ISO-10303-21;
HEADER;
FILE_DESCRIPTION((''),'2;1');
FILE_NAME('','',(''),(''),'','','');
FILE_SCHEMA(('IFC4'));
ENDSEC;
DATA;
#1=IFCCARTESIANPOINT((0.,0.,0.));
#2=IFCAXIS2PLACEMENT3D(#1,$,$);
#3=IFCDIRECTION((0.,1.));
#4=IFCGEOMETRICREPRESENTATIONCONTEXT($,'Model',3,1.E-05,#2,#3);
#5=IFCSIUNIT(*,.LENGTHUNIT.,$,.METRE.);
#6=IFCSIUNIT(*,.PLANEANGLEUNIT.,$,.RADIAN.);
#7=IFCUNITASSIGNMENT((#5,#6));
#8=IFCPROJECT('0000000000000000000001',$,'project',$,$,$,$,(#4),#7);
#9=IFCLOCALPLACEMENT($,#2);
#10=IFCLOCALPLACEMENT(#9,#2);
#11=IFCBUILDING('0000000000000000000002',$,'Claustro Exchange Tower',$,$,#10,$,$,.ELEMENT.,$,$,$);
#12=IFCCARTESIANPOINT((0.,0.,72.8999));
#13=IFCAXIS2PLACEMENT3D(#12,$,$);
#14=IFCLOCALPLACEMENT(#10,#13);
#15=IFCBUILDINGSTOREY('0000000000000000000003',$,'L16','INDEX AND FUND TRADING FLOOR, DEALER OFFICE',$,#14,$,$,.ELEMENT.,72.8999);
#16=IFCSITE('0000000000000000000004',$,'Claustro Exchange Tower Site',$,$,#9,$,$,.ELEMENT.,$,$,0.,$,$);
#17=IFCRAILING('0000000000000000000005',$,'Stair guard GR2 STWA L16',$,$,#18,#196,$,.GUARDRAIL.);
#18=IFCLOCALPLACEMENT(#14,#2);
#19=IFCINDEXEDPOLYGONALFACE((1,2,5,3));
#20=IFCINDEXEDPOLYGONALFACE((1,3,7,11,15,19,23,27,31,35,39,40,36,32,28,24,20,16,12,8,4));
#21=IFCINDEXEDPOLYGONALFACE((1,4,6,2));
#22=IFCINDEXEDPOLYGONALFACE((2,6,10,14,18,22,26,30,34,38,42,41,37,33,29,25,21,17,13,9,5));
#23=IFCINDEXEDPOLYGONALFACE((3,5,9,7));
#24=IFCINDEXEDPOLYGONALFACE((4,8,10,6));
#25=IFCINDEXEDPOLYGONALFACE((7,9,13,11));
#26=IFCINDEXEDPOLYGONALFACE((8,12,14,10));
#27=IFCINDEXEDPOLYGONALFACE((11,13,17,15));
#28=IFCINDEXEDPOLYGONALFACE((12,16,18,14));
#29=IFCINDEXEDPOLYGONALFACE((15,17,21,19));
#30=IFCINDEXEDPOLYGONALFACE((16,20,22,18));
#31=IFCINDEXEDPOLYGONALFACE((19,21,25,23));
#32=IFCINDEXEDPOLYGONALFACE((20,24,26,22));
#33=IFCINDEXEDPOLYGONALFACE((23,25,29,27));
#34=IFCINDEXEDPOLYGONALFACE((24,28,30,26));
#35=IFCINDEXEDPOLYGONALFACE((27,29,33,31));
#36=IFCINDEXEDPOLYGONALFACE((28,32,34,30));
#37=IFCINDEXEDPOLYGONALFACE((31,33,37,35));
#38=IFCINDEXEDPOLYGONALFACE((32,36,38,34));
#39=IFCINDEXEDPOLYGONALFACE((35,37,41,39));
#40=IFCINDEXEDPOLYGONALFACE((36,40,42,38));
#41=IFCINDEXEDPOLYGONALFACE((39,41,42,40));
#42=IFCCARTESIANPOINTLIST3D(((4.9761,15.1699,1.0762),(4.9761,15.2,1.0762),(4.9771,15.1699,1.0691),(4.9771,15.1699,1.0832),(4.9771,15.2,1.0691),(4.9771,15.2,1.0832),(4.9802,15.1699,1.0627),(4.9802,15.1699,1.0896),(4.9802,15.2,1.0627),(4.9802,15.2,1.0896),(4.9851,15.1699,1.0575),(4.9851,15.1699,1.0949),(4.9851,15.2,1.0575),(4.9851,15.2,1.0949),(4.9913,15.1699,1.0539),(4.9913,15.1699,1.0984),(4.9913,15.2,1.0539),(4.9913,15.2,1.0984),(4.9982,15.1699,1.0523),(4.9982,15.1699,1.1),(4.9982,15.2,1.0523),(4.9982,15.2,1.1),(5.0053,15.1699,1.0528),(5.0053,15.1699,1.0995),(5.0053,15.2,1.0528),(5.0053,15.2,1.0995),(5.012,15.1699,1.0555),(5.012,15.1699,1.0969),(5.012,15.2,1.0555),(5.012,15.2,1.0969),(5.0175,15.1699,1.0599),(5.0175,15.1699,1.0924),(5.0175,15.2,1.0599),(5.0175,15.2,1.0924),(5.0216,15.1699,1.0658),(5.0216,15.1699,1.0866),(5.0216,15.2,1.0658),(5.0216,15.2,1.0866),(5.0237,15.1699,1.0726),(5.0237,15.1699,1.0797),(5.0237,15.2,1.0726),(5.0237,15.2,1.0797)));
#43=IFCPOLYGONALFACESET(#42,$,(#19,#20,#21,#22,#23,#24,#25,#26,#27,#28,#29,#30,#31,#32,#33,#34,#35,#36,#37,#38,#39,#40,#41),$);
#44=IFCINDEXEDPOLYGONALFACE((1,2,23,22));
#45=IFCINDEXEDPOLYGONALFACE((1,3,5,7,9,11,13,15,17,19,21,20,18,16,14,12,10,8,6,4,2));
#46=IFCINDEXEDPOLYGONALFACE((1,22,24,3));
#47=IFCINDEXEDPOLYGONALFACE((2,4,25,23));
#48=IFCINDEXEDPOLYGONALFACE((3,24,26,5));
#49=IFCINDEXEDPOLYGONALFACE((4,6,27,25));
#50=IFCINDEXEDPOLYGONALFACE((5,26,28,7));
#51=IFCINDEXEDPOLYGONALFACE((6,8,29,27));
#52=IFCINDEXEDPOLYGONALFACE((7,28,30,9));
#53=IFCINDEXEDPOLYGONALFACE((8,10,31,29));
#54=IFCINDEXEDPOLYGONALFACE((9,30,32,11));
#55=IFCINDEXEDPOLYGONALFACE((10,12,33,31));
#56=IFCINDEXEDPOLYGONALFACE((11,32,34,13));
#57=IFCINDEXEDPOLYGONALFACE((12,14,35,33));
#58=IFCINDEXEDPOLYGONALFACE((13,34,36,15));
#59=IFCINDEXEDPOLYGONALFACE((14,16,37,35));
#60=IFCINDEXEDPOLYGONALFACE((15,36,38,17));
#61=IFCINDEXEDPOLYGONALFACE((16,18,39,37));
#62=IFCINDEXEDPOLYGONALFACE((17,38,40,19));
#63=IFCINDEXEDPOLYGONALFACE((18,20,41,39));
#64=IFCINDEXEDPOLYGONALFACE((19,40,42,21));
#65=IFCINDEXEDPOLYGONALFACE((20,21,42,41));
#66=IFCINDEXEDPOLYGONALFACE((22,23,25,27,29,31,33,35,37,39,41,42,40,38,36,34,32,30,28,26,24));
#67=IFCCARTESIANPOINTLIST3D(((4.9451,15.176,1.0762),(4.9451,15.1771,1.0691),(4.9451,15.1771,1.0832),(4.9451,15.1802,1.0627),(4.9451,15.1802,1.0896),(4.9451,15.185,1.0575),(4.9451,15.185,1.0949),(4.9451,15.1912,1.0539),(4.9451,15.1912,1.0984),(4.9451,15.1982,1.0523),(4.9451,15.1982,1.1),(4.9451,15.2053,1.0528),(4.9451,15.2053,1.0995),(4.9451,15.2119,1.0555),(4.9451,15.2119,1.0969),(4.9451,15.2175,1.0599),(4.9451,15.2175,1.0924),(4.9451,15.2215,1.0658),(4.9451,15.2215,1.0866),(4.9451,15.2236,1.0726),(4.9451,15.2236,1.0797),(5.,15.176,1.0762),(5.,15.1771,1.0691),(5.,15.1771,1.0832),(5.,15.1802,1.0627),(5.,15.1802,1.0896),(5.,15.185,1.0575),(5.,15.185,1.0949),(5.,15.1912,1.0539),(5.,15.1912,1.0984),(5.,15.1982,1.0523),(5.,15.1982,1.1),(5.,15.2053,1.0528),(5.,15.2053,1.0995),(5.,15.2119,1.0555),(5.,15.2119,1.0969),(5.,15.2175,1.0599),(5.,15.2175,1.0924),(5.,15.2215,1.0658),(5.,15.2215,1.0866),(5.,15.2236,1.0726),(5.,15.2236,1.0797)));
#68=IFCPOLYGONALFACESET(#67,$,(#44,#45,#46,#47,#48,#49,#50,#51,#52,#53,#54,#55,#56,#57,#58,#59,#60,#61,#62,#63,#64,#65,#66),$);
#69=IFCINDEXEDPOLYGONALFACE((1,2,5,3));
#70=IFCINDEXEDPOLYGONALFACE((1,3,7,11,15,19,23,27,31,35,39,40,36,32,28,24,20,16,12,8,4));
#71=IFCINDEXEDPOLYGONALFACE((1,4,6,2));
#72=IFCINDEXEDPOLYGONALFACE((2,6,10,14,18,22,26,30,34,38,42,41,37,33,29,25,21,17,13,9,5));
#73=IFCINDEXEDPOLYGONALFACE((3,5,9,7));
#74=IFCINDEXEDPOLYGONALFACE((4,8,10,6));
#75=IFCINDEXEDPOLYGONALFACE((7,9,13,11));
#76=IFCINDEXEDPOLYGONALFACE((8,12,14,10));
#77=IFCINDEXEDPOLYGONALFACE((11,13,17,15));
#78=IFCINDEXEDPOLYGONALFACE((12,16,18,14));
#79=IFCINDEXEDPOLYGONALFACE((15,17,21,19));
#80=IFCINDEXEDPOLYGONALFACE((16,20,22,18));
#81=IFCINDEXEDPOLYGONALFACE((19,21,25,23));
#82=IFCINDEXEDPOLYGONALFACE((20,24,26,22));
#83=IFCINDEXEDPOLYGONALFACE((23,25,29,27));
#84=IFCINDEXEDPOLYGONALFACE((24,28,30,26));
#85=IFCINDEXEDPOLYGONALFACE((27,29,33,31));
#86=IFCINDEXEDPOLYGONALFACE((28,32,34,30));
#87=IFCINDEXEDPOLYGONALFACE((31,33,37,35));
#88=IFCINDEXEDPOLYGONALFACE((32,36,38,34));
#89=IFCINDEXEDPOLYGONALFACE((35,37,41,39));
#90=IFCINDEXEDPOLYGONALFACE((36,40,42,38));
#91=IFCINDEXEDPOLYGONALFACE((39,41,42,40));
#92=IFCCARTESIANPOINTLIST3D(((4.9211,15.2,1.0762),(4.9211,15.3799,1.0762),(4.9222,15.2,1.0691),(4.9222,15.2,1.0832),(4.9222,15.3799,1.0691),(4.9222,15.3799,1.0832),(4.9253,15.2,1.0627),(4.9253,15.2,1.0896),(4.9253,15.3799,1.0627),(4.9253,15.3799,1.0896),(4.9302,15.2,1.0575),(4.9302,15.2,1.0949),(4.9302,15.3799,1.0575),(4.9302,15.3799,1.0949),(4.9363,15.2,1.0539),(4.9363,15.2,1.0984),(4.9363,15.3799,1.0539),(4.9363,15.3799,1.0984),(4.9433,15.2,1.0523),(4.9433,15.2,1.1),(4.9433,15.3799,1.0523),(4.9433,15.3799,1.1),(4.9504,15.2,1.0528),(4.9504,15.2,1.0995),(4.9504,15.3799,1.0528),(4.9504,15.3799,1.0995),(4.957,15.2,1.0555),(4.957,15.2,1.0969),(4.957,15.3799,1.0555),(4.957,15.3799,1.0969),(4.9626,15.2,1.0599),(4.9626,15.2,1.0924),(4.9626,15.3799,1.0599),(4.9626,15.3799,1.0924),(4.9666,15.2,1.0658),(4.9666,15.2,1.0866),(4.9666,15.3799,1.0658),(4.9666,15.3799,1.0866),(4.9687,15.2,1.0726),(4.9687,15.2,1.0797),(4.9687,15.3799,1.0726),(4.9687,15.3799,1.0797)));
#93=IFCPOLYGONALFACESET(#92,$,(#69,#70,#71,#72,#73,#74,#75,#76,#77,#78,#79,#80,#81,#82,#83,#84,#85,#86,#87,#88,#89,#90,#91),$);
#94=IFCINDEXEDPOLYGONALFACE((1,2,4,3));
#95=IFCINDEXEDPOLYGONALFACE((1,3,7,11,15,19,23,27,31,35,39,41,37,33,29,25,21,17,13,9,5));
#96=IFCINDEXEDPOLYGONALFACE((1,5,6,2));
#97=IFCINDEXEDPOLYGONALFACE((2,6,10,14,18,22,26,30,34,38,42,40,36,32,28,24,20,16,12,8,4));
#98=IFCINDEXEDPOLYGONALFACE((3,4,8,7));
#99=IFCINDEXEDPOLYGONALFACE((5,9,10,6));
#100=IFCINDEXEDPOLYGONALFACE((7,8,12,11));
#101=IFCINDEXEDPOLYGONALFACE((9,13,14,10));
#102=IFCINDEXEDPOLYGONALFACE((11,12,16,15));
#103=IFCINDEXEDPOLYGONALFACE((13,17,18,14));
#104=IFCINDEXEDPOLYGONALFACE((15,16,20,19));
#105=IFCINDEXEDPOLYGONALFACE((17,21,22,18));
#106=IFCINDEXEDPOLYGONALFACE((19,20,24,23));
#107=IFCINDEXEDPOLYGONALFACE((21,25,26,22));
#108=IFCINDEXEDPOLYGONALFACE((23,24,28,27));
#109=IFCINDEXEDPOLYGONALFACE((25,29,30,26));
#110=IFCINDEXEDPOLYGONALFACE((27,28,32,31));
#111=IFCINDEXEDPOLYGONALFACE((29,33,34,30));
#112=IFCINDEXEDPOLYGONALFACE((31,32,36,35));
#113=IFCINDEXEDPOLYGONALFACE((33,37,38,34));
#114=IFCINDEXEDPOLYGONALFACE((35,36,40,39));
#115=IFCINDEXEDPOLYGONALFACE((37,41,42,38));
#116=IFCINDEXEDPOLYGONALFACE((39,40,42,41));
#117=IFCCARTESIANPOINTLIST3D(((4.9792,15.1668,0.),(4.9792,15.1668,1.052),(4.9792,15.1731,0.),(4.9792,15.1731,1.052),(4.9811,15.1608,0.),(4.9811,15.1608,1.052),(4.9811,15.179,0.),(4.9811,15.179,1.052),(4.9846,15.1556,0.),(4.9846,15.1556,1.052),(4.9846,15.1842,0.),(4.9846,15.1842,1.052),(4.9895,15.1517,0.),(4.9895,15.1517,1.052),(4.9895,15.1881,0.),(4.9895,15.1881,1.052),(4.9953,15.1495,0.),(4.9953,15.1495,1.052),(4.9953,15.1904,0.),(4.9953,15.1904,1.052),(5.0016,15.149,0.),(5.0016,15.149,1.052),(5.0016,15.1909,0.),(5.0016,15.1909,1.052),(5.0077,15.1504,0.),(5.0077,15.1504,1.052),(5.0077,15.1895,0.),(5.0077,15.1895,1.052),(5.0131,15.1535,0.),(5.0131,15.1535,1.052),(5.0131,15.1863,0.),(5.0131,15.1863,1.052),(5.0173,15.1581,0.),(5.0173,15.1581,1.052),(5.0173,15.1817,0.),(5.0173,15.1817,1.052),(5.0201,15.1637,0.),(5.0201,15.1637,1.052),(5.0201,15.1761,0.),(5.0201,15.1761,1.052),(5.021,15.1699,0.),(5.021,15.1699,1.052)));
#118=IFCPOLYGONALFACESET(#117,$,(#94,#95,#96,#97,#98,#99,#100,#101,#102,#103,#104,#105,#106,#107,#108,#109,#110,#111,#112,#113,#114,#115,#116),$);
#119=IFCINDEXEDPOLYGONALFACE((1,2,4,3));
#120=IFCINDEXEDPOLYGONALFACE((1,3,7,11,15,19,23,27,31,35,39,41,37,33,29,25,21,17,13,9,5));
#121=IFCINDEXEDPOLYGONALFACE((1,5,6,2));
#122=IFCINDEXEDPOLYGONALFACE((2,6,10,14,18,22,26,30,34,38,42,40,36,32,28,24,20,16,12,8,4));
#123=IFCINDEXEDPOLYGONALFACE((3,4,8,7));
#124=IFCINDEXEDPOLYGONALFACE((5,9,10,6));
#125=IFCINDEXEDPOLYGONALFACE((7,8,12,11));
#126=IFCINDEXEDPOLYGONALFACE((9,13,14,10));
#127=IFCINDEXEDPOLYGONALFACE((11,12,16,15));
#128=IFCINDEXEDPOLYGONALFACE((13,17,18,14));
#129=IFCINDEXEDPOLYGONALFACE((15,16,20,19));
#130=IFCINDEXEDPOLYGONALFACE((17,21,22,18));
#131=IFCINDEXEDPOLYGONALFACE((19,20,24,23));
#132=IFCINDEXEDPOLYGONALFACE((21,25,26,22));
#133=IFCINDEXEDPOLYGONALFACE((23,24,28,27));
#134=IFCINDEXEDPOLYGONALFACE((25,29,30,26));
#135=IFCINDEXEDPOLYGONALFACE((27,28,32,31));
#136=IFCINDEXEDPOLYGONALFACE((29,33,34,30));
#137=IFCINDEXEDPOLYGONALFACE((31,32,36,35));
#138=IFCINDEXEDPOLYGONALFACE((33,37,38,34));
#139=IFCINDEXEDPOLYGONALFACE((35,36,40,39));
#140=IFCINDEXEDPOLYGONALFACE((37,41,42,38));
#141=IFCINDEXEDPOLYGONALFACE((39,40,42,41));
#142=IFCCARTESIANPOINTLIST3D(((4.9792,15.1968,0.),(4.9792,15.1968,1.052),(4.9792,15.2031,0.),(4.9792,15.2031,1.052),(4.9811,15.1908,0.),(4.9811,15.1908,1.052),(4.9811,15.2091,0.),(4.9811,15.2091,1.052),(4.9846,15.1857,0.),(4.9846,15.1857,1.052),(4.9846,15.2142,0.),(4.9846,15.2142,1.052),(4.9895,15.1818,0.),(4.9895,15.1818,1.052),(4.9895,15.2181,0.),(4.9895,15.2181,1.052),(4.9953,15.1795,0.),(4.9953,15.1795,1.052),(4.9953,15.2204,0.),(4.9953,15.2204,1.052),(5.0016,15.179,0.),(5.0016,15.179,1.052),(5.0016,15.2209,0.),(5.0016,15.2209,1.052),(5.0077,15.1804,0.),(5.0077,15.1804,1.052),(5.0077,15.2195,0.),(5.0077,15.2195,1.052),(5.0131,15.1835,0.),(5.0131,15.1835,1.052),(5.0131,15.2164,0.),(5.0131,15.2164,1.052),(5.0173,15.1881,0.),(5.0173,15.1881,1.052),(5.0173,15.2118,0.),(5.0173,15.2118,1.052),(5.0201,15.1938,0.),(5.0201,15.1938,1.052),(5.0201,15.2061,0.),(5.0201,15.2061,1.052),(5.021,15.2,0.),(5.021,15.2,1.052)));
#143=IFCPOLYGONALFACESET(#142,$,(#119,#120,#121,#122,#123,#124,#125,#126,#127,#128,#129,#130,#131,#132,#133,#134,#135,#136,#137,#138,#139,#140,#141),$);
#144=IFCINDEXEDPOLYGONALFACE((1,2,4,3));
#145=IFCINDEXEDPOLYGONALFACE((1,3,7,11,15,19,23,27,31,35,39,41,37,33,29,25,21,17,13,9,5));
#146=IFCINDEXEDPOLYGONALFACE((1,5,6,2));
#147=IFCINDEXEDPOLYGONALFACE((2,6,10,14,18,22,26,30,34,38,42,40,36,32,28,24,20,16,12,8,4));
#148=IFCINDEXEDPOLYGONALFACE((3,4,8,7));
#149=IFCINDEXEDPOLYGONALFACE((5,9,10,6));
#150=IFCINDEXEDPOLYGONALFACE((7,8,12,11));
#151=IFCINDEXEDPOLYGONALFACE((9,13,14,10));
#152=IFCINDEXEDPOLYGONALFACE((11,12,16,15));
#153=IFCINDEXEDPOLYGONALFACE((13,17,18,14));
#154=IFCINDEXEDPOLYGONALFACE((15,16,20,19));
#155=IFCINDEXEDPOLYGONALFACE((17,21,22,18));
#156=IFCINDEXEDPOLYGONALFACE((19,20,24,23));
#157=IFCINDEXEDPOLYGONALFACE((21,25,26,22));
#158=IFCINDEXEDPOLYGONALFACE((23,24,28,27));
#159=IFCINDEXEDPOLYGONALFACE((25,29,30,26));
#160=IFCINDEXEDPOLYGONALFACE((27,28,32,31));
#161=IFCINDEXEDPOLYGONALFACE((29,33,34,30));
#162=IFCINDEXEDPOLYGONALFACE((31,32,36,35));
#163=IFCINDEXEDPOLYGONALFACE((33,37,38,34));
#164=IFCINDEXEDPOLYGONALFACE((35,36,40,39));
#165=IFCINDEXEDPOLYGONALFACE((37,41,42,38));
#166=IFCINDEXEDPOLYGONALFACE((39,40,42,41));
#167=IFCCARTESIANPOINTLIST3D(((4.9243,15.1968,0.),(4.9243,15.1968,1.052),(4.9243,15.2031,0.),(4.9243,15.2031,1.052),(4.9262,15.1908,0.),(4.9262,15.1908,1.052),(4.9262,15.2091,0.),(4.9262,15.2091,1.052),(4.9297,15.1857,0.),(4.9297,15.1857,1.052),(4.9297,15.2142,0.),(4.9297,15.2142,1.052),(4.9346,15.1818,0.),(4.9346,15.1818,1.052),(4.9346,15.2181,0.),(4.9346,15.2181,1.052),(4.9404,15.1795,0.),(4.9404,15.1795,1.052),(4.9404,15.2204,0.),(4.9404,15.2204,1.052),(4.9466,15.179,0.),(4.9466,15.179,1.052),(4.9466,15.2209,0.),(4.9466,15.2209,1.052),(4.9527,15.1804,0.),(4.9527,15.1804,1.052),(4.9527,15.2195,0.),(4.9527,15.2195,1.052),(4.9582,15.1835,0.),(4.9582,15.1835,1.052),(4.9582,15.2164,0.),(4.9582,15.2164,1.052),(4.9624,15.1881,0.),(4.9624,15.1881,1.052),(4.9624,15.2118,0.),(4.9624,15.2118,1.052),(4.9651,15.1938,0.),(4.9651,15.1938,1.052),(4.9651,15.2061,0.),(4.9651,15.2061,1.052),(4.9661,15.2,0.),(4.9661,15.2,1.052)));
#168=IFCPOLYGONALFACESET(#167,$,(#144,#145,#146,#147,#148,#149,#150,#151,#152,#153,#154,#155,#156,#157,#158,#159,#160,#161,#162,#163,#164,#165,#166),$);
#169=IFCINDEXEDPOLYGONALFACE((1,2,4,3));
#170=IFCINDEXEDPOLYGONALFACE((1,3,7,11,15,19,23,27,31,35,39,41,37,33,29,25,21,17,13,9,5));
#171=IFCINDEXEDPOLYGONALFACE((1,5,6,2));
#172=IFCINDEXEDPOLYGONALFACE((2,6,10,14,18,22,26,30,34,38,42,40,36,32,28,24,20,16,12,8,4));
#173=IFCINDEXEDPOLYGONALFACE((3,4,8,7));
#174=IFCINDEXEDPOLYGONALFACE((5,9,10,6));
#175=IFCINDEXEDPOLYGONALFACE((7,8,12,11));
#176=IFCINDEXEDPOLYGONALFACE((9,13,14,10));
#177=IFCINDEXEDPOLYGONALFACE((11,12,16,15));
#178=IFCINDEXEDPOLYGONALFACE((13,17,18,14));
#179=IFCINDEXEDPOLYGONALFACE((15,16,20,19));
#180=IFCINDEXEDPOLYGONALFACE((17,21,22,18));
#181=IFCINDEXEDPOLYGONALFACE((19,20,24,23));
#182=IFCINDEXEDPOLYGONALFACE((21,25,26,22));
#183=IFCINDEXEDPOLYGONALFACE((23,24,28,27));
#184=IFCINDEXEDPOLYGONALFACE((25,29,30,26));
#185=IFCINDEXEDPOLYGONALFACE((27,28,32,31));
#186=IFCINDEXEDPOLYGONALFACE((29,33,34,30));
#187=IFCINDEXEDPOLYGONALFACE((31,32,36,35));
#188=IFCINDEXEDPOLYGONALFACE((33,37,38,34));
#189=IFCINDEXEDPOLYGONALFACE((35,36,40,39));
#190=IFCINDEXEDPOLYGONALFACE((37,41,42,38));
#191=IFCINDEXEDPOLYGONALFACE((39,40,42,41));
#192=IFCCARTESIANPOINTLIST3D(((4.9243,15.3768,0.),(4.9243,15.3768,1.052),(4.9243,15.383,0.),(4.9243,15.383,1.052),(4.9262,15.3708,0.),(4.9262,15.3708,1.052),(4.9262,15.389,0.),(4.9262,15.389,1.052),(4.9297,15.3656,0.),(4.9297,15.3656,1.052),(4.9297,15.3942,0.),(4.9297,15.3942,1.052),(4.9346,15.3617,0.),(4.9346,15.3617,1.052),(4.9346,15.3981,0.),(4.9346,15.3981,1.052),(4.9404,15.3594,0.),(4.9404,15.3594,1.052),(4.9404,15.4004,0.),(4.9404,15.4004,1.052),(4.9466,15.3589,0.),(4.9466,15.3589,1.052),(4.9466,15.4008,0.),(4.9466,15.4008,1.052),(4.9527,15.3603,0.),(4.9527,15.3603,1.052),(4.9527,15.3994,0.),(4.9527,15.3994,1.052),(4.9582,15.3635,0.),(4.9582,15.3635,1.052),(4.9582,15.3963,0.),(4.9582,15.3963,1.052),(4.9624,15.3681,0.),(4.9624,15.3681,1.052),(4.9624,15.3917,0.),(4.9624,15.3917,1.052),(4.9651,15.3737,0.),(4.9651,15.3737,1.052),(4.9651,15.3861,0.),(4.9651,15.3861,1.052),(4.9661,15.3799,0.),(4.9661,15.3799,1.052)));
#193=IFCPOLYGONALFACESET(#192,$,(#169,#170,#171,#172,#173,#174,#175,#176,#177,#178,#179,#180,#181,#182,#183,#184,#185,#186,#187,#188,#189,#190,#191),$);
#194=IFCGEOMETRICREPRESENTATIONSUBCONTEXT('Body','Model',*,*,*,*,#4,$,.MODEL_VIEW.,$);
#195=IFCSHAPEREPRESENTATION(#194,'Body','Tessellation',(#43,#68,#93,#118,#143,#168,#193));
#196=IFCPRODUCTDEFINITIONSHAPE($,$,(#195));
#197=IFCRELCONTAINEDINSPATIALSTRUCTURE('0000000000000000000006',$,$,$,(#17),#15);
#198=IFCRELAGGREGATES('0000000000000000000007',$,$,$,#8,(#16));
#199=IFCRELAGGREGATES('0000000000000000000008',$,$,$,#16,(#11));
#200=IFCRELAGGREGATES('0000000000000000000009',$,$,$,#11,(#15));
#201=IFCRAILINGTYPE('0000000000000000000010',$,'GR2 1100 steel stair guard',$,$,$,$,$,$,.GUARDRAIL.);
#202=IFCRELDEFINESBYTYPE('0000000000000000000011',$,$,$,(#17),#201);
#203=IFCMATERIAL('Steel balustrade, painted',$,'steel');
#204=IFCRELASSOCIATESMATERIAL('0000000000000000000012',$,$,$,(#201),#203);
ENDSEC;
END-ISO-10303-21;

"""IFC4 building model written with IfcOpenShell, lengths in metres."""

from ifc_helpers import new_model, si_unit, direction, frame, origin, origin_2d, place, context, subcontext, project, spatial, circle, extrude, material, type_object, element, save


model = new_model("IFC4")

# Units and contexts
model_context = context("Model", 3, precision=1e-05, world=origin(), true_north=direction((0.0, 1.0)))
body_context = subcontext(model_context, "Body", "Model", "MODEL_VIEW")
ifc_project = project(units=[si_unit("LENGTHUNIT", "METRE"), si_unit("PLANEANGLEUNIT", "RADIAN")], contexts=[model_context])

# Site, building, storey
site_placement = place(None, origin())
site = spatial("IfcSite", under=ifc_project, at=site_placement, Name="Claustro Exchange Tower Site", CompositionType="ELEMENT", RefElevation=0.0)
building_placement = place(site_placement, origin())
building = spatial("IfcBuilding", under=site, at=building_placement, Name="Claustro Exchange Tower", CompositionType="ELEMENT")
storey_placement = place(building_placement, frame((0.0, 0.0, 72.8999)))
storey = spatial("IfcBuildingStorey", under=building, at=storey_placement, Name="L16", Description="INDEX AND FUND TRADING FLOOR, DEALER OFFICE", CompositionType="ELEMENT", Elevation=72.8999)

# Railing
ifc_material_1 = material(Name="Steel balustrade, painted", Category="steel")
railing_type_1 = type_object("IfcRailingType", Name="GR2 1100 steel stair guard", PredefinedType="GUARDRAIL", material=ifc_material_1)
railing_1_placement = place(storey_placement, frame((5.0, 15.1699, 0.0)))
element("IfcRailing", 1, at=railing_1_placement, inside=storey, type_object=railing_type_1, Name="Stair guard GR2 STWA L16", PredefinedType="GUARDRAIL", context=body_context, shape_type="SweptSolid", body=[
    extrude(circle(Radius=0.0239, at=origin_2d()), frame((0.0, 0.0, 1.0762), z_axis=(0.0, 1.0, 0.0), x_axis=(-1.0, 0.0, 0.0)), (0.0, 0.0, 1.0), 0.03),
    extrude(circle(Radius=0.0239, at=origin_2d()), frame((0.0, 0.03, 1.0762), z_axis=(-1.0, 0.0, 0.0), x_axis=(0.0, -1.0, 0.0)), (0.0, 0.0, 1.0), 0.0549),
    extrude(circle(Radius=0.0239, at=origin_2d()), frame((-0.0549, 0.03, 1.0762), z_axis=(0.0, 1.0, 0.0), x_axis=(-1.0, 0.0, 0.0)), (0.0, 0.0, 1.0), 0.1799),
    extrude(circle(Radius=0.021, at=origin_2d()), origin(), (0.0, 0.0, 1.0), 1.052),
    extrude(circle(Radius=0.021, at=origin_2d()), frame((0.0, 0.03, 0.0)), (0.0, 0.0, 1.0), 1.052),
    extrude(circle(Radius=0.021, at=origin_2d()), frame((-0.0549, 0.03, 0.0)), (0.0, 0.0, 1.0), 1.052),
    extrude(circle(Radius=0.021, at=origin_2d()), frame((-0.0549, 0.21, 0.0)), (0.0, 0.0, 1.0), 1.052),
])

save(model, "model.ifc")
